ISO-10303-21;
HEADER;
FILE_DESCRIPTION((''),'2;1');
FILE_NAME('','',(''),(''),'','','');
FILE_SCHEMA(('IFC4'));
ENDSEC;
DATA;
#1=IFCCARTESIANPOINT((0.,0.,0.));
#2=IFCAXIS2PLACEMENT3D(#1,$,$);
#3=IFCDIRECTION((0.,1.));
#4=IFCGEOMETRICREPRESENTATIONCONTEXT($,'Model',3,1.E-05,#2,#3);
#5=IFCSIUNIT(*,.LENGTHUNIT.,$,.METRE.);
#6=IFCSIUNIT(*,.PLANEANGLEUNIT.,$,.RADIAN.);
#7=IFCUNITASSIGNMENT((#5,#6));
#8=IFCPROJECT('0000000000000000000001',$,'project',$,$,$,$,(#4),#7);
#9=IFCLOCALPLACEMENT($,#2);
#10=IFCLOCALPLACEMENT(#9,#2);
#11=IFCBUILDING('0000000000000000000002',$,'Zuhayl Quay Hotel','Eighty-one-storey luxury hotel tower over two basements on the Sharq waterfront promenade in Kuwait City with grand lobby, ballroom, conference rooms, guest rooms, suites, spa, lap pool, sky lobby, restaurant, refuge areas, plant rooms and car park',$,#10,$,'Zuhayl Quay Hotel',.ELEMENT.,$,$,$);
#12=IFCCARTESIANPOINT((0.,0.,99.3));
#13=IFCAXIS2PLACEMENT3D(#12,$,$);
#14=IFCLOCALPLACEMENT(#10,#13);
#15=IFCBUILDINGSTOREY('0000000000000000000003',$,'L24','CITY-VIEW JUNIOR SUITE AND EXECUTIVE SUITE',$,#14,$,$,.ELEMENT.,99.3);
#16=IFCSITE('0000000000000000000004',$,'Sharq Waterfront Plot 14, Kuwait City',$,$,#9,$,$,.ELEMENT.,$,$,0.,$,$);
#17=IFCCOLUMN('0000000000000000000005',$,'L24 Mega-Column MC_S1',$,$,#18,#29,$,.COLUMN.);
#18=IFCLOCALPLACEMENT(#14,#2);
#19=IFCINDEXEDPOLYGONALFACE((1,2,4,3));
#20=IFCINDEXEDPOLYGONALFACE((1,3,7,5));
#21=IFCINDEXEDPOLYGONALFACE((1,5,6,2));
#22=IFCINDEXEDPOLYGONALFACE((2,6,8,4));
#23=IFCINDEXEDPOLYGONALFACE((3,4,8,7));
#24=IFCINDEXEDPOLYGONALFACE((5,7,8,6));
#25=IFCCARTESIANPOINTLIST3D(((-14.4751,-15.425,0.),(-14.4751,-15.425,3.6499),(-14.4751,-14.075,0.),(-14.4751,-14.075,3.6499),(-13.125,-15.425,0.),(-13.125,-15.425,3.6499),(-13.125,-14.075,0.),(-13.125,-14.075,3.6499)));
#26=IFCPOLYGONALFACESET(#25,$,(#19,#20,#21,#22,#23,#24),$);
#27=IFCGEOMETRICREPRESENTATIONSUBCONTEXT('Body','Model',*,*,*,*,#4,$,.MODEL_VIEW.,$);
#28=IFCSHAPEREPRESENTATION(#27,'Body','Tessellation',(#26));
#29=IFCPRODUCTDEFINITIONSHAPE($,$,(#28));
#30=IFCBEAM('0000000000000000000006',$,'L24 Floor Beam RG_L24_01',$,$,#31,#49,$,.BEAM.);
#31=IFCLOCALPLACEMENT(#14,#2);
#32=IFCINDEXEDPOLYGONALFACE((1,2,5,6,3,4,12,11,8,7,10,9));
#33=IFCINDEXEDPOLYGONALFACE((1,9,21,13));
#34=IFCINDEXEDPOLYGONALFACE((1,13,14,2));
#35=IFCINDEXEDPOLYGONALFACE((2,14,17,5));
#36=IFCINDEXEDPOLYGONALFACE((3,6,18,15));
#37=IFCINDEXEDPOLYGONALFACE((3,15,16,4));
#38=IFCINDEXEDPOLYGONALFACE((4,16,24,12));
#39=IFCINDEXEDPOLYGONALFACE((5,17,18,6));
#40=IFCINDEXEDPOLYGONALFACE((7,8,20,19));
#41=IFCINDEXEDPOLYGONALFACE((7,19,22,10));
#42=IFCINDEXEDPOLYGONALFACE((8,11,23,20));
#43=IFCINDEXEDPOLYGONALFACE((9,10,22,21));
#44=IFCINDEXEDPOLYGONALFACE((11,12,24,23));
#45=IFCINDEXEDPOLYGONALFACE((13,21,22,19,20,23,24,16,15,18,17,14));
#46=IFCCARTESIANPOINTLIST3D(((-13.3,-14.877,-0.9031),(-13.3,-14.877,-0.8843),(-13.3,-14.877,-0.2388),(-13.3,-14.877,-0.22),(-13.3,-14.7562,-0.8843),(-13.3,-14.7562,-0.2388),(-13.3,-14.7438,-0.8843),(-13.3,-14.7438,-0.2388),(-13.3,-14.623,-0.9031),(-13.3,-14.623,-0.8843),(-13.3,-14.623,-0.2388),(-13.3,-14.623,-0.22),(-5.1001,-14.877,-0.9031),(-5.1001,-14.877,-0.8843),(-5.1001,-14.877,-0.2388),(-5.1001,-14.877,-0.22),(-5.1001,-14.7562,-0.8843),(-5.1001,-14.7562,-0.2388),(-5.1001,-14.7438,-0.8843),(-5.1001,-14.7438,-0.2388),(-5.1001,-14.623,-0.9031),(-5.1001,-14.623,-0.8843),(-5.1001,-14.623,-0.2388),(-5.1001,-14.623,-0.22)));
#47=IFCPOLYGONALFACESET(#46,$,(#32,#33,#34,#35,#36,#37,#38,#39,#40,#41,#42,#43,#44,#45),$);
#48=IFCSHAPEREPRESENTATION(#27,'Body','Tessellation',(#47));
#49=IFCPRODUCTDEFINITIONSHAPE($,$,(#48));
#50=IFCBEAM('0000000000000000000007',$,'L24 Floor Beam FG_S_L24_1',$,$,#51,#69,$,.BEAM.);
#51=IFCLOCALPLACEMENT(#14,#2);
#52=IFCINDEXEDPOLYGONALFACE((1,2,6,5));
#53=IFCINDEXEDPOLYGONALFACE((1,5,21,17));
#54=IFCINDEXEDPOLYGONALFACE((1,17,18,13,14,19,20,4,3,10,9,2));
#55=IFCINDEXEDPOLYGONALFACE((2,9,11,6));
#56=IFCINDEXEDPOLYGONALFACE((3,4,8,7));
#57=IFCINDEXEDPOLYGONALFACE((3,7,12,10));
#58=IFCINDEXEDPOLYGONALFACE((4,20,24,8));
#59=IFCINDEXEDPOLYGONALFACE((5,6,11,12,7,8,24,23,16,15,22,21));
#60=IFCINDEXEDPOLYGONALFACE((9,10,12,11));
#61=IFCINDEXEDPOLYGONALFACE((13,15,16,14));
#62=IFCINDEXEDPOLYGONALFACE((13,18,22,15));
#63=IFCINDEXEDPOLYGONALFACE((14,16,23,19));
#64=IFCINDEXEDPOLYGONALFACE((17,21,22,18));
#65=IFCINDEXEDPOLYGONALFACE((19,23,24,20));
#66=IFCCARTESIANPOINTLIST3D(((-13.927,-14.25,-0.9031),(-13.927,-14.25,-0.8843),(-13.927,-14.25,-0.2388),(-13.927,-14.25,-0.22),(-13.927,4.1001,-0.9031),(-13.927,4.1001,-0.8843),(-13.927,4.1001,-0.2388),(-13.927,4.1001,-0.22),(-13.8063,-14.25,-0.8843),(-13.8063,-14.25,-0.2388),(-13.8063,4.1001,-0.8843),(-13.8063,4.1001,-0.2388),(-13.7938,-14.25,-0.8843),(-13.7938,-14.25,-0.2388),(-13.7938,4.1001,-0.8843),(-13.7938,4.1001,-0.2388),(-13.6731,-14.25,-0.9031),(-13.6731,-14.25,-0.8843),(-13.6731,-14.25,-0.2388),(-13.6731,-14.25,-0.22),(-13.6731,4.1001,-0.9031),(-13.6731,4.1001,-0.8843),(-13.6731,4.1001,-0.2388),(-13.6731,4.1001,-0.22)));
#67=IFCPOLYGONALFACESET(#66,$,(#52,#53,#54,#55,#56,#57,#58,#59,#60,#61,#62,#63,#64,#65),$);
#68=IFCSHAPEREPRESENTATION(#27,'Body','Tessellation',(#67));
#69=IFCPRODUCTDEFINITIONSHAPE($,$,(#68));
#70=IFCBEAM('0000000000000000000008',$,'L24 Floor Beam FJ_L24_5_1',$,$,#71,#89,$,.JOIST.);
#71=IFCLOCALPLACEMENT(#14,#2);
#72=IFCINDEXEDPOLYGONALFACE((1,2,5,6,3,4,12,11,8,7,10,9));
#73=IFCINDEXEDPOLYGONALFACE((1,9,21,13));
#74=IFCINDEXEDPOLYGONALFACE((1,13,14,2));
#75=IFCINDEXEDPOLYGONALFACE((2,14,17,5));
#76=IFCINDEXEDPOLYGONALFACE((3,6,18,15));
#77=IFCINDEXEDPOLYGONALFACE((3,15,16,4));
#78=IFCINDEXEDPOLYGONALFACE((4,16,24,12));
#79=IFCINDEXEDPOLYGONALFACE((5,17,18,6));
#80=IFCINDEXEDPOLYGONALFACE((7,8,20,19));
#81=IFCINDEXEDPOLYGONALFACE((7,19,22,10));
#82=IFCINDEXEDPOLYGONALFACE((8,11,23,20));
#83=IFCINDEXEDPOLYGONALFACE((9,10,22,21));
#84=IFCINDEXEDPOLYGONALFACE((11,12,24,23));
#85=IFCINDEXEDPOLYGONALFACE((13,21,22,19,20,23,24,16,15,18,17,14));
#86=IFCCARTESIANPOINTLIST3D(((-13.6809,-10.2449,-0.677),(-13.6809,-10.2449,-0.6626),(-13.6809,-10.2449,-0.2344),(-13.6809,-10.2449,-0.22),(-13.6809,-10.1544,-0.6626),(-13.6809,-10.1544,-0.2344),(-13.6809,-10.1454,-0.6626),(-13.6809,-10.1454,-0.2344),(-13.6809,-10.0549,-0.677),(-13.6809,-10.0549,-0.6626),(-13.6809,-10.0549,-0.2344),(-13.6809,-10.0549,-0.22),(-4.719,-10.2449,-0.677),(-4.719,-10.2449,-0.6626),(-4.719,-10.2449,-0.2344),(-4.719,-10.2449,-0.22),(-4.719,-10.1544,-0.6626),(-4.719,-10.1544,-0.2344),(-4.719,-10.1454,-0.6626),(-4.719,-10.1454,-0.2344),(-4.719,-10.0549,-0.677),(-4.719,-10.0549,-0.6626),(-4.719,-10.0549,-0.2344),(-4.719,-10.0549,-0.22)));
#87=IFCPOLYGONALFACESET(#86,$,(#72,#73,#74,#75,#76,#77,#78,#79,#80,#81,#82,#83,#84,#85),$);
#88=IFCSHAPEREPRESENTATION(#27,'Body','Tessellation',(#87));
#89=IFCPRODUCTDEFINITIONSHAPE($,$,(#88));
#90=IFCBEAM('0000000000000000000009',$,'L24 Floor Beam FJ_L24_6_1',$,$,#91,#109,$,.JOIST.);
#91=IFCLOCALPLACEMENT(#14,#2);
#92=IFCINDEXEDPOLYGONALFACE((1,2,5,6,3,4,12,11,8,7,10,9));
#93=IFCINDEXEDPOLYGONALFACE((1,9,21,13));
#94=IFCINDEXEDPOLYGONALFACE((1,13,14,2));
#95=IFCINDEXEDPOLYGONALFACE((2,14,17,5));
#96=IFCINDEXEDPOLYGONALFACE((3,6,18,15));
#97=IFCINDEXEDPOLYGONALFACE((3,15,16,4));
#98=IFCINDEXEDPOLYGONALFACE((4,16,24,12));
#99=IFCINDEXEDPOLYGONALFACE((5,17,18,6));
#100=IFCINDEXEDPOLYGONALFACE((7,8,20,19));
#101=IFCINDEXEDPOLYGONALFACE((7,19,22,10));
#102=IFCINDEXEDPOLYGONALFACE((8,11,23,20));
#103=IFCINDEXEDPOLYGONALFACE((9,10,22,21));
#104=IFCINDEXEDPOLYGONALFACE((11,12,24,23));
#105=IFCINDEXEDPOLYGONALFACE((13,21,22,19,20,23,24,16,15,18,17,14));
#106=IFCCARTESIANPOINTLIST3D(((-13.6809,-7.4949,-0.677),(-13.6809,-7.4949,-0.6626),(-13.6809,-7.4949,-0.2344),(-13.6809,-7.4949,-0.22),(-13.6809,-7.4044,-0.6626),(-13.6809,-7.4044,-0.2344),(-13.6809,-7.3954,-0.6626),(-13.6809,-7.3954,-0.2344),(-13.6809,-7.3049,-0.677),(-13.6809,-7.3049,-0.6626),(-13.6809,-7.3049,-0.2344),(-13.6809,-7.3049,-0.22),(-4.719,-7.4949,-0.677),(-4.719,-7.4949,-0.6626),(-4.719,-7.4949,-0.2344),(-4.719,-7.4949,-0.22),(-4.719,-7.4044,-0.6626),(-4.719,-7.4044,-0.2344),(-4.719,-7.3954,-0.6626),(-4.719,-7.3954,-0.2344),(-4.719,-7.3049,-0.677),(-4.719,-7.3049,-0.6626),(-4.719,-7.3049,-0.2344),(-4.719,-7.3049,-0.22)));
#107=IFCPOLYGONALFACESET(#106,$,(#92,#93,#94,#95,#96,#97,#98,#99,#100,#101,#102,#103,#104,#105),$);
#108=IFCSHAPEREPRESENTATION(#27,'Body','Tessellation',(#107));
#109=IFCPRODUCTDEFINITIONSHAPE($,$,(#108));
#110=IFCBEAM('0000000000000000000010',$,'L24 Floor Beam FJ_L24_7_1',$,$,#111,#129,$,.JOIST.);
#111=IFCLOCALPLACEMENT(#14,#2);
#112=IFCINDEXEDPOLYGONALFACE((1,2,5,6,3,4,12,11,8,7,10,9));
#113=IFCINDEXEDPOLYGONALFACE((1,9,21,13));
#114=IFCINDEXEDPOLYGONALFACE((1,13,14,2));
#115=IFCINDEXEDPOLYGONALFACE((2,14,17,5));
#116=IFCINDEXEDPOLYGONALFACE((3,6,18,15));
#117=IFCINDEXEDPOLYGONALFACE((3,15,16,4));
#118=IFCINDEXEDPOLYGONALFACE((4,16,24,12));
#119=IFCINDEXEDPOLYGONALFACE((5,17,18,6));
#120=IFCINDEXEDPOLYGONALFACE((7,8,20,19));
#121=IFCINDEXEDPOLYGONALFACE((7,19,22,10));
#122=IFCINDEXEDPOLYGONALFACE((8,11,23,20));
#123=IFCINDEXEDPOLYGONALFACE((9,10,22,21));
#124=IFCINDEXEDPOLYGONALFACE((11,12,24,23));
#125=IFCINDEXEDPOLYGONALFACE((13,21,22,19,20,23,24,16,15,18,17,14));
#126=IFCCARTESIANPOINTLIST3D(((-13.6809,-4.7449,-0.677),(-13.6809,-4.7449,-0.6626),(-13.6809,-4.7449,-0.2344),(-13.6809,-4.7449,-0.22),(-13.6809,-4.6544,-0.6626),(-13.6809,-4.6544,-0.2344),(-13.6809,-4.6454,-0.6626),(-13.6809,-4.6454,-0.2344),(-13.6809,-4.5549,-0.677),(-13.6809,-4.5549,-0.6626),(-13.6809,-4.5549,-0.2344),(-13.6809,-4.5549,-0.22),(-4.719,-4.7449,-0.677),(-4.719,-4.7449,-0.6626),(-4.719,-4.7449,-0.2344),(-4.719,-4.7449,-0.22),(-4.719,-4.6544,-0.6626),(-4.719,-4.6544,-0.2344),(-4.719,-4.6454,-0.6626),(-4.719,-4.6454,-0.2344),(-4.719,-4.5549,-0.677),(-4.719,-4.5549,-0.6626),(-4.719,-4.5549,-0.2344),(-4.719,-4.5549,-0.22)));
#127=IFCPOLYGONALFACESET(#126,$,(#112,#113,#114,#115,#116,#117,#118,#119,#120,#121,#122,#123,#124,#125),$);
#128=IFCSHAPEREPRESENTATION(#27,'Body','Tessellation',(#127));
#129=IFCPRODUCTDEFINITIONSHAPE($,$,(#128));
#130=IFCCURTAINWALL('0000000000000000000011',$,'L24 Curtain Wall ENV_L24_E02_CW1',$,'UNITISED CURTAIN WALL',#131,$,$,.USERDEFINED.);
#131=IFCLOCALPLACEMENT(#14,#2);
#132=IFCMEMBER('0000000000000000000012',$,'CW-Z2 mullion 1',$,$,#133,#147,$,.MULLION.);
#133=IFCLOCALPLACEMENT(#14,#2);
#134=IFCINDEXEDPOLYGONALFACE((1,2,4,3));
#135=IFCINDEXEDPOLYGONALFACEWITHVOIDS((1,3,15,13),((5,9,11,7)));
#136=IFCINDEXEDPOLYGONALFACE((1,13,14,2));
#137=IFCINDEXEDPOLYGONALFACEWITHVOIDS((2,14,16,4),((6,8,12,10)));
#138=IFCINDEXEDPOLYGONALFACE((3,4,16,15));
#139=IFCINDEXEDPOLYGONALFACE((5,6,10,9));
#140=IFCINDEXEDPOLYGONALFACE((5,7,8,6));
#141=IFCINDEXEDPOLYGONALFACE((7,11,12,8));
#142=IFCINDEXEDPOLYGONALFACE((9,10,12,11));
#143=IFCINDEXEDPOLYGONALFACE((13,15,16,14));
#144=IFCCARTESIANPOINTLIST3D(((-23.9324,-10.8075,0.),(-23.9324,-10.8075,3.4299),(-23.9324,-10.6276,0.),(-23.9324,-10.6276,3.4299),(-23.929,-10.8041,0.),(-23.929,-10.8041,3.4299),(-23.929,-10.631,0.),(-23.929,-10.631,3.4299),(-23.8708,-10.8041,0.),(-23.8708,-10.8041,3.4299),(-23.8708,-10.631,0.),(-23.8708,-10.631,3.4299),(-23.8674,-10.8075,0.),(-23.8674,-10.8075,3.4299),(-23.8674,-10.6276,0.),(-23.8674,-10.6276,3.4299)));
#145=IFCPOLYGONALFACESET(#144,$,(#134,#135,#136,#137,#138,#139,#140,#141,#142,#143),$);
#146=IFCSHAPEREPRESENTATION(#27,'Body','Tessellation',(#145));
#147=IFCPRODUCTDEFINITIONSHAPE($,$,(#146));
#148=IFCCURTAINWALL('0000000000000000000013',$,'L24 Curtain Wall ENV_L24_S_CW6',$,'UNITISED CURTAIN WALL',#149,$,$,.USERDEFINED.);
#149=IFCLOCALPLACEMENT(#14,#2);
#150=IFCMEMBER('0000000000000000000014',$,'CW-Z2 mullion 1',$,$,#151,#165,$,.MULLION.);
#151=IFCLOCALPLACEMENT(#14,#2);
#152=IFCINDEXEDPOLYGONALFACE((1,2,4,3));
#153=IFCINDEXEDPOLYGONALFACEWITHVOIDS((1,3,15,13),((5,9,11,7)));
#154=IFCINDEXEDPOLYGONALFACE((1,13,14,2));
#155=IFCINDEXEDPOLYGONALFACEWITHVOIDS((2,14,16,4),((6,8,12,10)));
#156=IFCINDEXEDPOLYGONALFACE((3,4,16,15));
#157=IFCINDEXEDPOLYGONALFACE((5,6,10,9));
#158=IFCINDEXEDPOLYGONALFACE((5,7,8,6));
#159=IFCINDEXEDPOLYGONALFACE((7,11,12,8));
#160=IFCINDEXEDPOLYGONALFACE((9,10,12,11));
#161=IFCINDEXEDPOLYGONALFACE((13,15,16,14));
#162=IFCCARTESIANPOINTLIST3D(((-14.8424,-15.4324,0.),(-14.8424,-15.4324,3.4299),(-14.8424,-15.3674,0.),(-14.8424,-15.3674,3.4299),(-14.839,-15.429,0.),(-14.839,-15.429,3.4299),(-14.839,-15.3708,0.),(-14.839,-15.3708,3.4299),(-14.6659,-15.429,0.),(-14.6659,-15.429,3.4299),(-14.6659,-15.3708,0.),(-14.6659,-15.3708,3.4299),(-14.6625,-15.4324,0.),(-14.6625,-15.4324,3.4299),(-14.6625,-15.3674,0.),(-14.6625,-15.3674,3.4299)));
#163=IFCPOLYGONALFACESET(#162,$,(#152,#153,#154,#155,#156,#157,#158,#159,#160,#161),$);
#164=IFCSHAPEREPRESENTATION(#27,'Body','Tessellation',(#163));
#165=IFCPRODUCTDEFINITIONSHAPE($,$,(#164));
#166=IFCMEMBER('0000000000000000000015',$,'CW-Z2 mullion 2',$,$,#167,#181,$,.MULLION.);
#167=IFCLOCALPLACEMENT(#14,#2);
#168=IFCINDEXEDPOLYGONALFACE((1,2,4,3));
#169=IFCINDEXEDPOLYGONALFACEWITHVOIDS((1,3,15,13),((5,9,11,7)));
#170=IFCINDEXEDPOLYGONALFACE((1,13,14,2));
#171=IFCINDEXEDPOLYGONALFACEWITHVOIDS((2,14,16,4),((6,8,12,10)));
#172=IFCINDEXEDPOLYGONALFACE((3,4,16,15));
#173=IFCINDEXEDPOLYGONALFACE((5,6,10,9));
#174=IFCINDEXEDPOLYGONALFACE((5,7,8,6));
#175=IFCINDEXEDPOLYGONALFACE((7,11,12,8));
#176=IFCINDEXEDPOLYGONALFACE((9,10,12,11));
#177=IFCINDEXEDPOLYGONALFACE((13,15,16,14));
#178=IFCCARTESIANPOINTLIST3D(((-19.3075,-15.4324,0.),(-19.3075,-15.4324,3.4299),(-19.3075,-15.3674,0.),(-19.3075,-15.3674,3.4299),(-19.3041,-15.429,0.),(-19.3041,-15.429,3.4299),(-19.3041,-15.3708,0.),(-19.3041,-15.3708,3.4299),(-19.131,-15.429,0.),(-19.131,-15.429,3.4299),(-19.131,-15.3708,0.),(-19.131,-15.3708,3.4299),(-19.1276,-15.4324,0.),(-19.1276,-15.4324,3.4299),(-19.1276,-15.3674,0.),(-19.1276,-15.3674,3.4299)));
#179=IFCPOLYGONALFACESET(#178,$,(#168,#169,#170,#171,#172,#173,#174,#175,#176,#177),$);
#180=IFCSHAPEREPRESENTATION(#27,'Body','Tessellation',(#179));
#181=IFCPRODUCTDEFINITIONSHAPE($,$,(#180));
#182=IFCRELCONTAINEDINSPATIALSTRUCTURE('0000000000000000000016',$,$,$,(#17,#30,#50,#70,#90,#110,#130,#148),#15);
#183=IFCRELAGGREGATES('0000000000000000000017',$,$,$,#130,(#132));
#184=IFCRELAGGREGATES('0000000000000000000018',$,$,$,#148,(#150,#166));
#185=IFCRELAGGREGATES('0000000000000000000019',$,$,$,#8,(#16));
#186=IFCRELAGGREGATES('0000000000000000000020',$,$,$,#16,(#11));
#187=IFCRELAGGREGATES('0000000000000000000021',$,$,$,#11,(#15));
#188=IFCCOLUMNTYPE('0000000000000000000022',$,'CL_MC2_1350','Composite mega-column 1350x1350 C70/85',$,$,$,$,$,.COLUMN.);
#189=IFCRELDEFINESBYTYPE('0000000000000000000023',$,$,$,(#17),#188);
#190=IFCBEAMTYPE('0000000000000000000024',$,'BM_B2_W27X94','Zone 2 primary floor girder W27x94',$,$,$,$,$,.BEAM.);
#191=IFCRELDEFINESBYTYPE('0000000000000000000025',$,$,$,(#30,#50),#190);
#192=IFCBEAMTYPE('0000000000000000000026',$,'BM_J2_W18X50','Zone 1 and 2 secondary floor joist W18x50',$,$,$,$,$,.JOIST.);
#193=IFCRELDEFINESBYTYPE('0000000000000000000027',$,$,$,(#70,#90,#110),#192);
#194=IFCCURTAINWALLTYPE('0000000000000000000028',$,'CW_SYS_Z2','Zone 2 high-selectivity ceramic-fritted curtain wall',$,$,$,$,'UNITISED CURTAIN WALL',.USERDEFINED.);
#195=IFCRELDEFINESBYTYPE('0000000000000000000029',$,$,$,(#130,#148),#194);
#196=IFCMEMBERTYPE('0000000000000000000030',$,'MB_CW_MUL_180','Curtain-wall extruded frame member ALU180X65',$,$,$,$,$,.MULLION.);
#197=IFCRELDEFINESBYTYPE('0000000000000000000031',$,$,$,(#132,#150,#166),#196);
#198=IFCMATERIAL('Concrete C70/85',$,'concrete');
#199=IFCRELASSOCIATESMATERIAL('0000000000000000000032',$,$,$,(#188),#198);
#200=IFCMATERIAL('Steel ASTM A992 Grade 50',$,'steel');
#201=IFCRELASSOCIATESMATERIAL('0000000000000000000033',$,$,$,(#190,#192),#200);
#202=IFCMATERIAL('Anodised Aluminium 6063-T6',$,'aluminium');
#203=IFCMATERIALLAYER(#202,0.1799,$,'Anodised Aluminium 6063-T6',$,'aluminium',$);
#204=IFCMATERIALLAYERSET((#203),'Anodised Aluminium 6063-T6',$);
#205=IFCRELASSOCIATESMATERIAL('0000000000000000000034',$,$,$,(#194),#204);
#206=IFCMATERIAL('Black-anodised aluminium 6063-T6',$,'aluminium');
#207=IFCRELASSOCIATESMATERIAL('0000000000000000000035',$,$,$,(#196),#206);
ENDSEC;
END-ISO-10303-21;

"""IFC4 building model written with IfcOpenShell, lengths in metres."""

from ifc_helpers import new_model, si_unit, direction, frame, origin, origin_2d, place, context, subcontext, project, spatial, rectangle, hollow_rectangle, i_section, extrude, material, layer, layer_set, material_profile, profile_set, type_object, element, aggregate, save


model = new_model("IFC4")

# Units and contexts
model_context = context("Model", 3, precision=1e-05, world=origin(), true_north=direction((0.0, 1.0)))
body_context = subcontext(model_context, "Body", "Model", "MODEL_VIEW")
ifc_project = project(units=[si_unit("LENGTHUNIT", "METRE"), si_unit("PLANEANGLEUNIT", "RADIAN")], contexts=[model_context])

# Site, building, storey
site_placement = place(None, origin())
site = spatial("IfcSite", under=ifc_project, at=site_placement, Name="Sharq Waterfront Plot 14, Kuwait City", CompositionType="ELEMENT", RefElevation=0.0)
building_placement = place(site_placement, origin())
building = spatial("IfcBuilding", under=site, at=building_placement, Name="Zuhayl Quay Hotel", Description="Eighty-one-storey luxury hotel tower over two basements on the Sharq waterfront promenade in Kuwait City with grand lobby, ballroom, conference rooms, guest rooms, suites, spa, lap pool, sky lobby, restaurant, refuge areas, plant rooms and car park", LongName="Zuhayl Quay Hotel", CompositionType="ELEMENT")
storey_placement = place(building_placement, frame((0.0, 0.0, 99.3)))
storey = spatial("IfcBuildingStorey", under=building, at=storey_placement, Name="L24", Description="CITY-VIEW JUNIOR SUITE AND EXECUTIVE SUITE", CompositionType="ELEMENT", Elevation=99.3)

# Column
ifc_material_1 = material(Name="Concrete C70/85", Category="concrete")
ifc_material_profile_1 = material_profile(ifc_material_1, rectangle(XDim=1.3501, YDim=1.3501, at=origin_2d()), Name="RC1350X1350")
ifc_profile_set_1 = profile_set([ifc_material_profile_1], Name="Concrete C70/85")
column_type = type_object("IfcColumnType", Name="CL_MC2_1350", Description="Composite mega-column 1350x1350 C70/85", PredefinedType="COLUMN", material=ifc_profile_set_1)
column_placement = place(storey_placement, frame((-13.8, -14.75, 0.0), z_axis=(0.0, 0.0, 1.0), x_axis=(1.0, 0.0, 0.0)))
element("IfcColumn", 1, at=column_placement, inside=storey, type_object=column_type, Name="L24 Mega-Column MC_S1", PredefinedType="COLUMN", context=body_context, shape_type="SweptSolid", body=[
    extrude(rectangle(XDim=1.3501, YDim=1.3501, at=origin_2d()), origin(), (0.0, 0.0, 1.0), 3.6499),
])

# Beams
ifc_material_2 = material(Name="Steel ASTM A992 Grade 50", Category="steel")
ifc_material_profile_2 = material_profile(ifc_material_2, i_section(OverallWidth=0.2539, OverallDepth=0.6831, WebThickness=0.0125, FlangeThickness=0.0188, at=origin_2d()), Name="W27X94")
ifc_profile_set_2 = profile_set([ifc_material_profile_2], Name="Steel ASTM A992 Grade 50")
beam_type_1 = type_object("IfcBeamType", Name="BM_B2_W27X94", Description="Zone 2 primary floor girder W27x94", PredefinedType="BEAM", material=ifc_profile_set_2)
beam_1_placement = place(storey_placement, frame((-13.3, -14.75, -0.5615), z_axis=(1.0, 0.0, 0.0), x_axis=(0.0, 1.0, 0.0)))
element("IfcBeam", 2, at=beam_1_placement, inside=storey, type_object=beam_type_1, Name="L24 Floor Beam RG_L24_01", PredefinedType="BEAM", context=body_context, shape_type="SweptSolid", body=[
    extrude(i_section(OverallWidth=0.2539, OverallDepth=0.6831, WebThickness=0.0125, FlangeThickness=0.0188, at=origin_2d()), origin(), (0.0, 0.0, 1.0), 8.2),
])
beam_2_placement = place(storey_placement, frame((-13.8, -14.25, -0.5615), z_axis=(0.0, 1.0, 0.0), x_axis=(-1.0, 0.0, 0.0)))
element("IfcBeam", 3, at=beam_2_placement, inside=storey, type_object=beam_type_1, Name="L24 Floor Beam FG_S_L24_1", PredefinedType="BEAM", context=body_context, shape_type="SweptSolid", body=[
    extrude(i_section(OverallWidth=0.2539, OverallDepth=0.6831, WebThickness=0.0125, FlangeThickness=0.0188, at=origin_2d()), origin(), (0.0, 0.0, 1.0), 18.3501),
])
ifc_material_profile_3 = material_profile(ifc_material_2, i_section(OverallWidth=0.1899, OverallDepth=0.457, WebThickness=0.009, FlangeThickness=0.0144, at=origin_2d()), Name="W18X50")
ifc_profile_set_3 = profile_set([ifc_material_profile_3], Name="Steel ASTM A992 Grade 50")
beam_type_2 = type_object("IfcBeamType", Name="BM_J2_W18X50", Description="Zone 1 and 2 secondary floor joist W18x50", PredefinedType="JOIST", material=ifc_profile_set_3)
for number, where, z_axis, x_axis, name in (
    (4, (-13.6809, -10.1499, -0.4485), (1.0, 0.0, 0.0), (0.0, 1.0, 0.0), "L24 Floor Beam FJ_L24_5_1"),
    (5, (-13.6809, -7.3999, -0.4485), (1.0, 0.0, 0.0), (0.0, 1.0, 0.0), "L24 Floor Beam FJ_L24_6_1"),
    (6, (-13.6809, -4.6499, -0.4485), (1.0, 0.0, 0.0), (0.0, 1.0, 0.0), "L24 Floor Beam FJ_L24_7_1"),
):
    element("IfcBeam", number, at=place(storey_placement, frame(where, z_axis=z_axis, x_axis=x_axis)), inside=storey, type_object=beam_type_2, Name=name, PredefinedType="JOIST", context=body_context, shape_type="SweptSolid", body=[
        extrude(i_section(OverallWidth=0.1899, OverallDepth=0.457, WebThickness=0.009, FlangeThickness=0.0144, at=origin_2d()), origin(), (0.0, 0.0, 1.0), 8.9619),
    ])

# Curtain wall, member
ifc_material_3 = material(Name="Anodised Aluminium 6063-T6", Category="aluminium")
ifc_layer_1 = layer(ifc_material_3, 0.1799, Name="Anodised Aluminium 6063-T6", Category="aluminium")
ifc_layer_set_1 = layer_set([ifc_layer_1], Name="Anodised Aluminium 6063-T6")
curtain_wall_type = type_object("IfcCurtainWallType", Name="CW_SYS_Z2", Description="Zone 2 high-selectivity ceramic-fritted curtain wall", ElementType="UNITISED CURTAIN WALL", PredefinedType="USERDEFINED", material=ifc_layer_set_1)
curtain_wall_1_placement = place(storey_placement, origin())
curtain_wall_1 = element("IfcCurtainWall", 7, at=curtain_wall_1_placement, inside=storey, type_object=curtain_wall_type, Name="L24 Curtain Wall ENV_L24_E02_CW1", ObjectType="UNITISED CURTAIN WALL", PredefinedType="USERDEFINED")
ifc_material_4 = material(Name="Black-anodised aluminium 6063-T6", Category="aluminium")
ifc_material_profile_4 = material_profile(ifc_material_4, hollow_rectangle(XDim=0.0649, YDim=0.1799, WallThickness=0.0034, at=origin_2d()), Name="ALU180X65")
ifc_profile_set_4 = profile_set([ifc_material_profile_4], Name="Black-anodised aluminium 6063-T6")
member_type_1 = type_object("IfcMemberType", Name="MB_CW_MUL_180", Description="Curtain-wall extruded frame member ALU180X65", PredefinedType="MULLION", material=ifc_profile_set_4)
member_1_placement = place(storey_placement, frame((-23.8999, -10.7175, 0.0), z_axis=(0.0, 0.0, 1.0), x_axis=(-1.0, 0.0, 0.0)))
member_1 = element("IfcMember", 8, at=member_1_placement, type_object=member_type_1, Name="CW-Z2 mullion 1", PredefinedType="MULLION", context=body_context, shape_type="SweptSolid", body=[
    extrude(hollow_rectangle(XDim=0.0649, YDim=0.1799, WallThickness=0.0034, at=origin_2d()), origin(), (0.0, 0.0, 1.0), 3.4299),
])

# Curtain wall, members
curtain_wall_2_placement = place(storey_placement, origin())
curtain_wall_2 = element("IfcCurtainWall", 9, at=curtain_wall_2_placement, inside=storey, type_object=curtain_wall_type, Name="L24 Curtain Wall ENV_L24_S_CW6", ObjectType="UNITISED CURTAIN WALL", PredefinedType="USERDEFINED")
member_2_placement = place(storey_placement, frame((-14.7524, -15.3999, 0.0), z_axis=(0.0, 0.0, 1.0), x_axis=(0.0, -1.0, 0.0)))
member_2 = element("IfcMember", 10, at=member_2_placement, type_object=member_type_1, Name="CW-Z2 mullion 1", PredefinedType="MULLION", context=body_context, shape_type="SweptSolid", body=[
    extrude(hollow_rectangle(XDim=0.0649, YDim=0.1799, WallThickness=0.0034, at=origin_2d()), origin(), (0.0, 0.0, 1.0), 3.4299),
])
member_3_placement = place(storey_placement, frame((-19.2175, -15.3999, 0.0), z_axis=(0.0, 0.0, 1.0), x_axis=(0.0, -1.0, 0.0)))
member_3 = element("IfcMember", 11, at=member_3_placement, type_object=member_type_1, Name="CW-Z2 mullion 2", PredefinedType="MULLION", context=body_context, shape_type="SweptSolid", body=[
    extrude(hollow_rectangle(XDim=0.0649, YDim=0.1799, WallThickness=0.0034, at=origin_2d()), origin(), (0.0, 0.0, 1.0), 3.4299),
])

aggregate(curtain_wall_1, [member_1])
aggregate(curtain_wall_2, [member_2, member_3])

save(model, "model.ifc")
